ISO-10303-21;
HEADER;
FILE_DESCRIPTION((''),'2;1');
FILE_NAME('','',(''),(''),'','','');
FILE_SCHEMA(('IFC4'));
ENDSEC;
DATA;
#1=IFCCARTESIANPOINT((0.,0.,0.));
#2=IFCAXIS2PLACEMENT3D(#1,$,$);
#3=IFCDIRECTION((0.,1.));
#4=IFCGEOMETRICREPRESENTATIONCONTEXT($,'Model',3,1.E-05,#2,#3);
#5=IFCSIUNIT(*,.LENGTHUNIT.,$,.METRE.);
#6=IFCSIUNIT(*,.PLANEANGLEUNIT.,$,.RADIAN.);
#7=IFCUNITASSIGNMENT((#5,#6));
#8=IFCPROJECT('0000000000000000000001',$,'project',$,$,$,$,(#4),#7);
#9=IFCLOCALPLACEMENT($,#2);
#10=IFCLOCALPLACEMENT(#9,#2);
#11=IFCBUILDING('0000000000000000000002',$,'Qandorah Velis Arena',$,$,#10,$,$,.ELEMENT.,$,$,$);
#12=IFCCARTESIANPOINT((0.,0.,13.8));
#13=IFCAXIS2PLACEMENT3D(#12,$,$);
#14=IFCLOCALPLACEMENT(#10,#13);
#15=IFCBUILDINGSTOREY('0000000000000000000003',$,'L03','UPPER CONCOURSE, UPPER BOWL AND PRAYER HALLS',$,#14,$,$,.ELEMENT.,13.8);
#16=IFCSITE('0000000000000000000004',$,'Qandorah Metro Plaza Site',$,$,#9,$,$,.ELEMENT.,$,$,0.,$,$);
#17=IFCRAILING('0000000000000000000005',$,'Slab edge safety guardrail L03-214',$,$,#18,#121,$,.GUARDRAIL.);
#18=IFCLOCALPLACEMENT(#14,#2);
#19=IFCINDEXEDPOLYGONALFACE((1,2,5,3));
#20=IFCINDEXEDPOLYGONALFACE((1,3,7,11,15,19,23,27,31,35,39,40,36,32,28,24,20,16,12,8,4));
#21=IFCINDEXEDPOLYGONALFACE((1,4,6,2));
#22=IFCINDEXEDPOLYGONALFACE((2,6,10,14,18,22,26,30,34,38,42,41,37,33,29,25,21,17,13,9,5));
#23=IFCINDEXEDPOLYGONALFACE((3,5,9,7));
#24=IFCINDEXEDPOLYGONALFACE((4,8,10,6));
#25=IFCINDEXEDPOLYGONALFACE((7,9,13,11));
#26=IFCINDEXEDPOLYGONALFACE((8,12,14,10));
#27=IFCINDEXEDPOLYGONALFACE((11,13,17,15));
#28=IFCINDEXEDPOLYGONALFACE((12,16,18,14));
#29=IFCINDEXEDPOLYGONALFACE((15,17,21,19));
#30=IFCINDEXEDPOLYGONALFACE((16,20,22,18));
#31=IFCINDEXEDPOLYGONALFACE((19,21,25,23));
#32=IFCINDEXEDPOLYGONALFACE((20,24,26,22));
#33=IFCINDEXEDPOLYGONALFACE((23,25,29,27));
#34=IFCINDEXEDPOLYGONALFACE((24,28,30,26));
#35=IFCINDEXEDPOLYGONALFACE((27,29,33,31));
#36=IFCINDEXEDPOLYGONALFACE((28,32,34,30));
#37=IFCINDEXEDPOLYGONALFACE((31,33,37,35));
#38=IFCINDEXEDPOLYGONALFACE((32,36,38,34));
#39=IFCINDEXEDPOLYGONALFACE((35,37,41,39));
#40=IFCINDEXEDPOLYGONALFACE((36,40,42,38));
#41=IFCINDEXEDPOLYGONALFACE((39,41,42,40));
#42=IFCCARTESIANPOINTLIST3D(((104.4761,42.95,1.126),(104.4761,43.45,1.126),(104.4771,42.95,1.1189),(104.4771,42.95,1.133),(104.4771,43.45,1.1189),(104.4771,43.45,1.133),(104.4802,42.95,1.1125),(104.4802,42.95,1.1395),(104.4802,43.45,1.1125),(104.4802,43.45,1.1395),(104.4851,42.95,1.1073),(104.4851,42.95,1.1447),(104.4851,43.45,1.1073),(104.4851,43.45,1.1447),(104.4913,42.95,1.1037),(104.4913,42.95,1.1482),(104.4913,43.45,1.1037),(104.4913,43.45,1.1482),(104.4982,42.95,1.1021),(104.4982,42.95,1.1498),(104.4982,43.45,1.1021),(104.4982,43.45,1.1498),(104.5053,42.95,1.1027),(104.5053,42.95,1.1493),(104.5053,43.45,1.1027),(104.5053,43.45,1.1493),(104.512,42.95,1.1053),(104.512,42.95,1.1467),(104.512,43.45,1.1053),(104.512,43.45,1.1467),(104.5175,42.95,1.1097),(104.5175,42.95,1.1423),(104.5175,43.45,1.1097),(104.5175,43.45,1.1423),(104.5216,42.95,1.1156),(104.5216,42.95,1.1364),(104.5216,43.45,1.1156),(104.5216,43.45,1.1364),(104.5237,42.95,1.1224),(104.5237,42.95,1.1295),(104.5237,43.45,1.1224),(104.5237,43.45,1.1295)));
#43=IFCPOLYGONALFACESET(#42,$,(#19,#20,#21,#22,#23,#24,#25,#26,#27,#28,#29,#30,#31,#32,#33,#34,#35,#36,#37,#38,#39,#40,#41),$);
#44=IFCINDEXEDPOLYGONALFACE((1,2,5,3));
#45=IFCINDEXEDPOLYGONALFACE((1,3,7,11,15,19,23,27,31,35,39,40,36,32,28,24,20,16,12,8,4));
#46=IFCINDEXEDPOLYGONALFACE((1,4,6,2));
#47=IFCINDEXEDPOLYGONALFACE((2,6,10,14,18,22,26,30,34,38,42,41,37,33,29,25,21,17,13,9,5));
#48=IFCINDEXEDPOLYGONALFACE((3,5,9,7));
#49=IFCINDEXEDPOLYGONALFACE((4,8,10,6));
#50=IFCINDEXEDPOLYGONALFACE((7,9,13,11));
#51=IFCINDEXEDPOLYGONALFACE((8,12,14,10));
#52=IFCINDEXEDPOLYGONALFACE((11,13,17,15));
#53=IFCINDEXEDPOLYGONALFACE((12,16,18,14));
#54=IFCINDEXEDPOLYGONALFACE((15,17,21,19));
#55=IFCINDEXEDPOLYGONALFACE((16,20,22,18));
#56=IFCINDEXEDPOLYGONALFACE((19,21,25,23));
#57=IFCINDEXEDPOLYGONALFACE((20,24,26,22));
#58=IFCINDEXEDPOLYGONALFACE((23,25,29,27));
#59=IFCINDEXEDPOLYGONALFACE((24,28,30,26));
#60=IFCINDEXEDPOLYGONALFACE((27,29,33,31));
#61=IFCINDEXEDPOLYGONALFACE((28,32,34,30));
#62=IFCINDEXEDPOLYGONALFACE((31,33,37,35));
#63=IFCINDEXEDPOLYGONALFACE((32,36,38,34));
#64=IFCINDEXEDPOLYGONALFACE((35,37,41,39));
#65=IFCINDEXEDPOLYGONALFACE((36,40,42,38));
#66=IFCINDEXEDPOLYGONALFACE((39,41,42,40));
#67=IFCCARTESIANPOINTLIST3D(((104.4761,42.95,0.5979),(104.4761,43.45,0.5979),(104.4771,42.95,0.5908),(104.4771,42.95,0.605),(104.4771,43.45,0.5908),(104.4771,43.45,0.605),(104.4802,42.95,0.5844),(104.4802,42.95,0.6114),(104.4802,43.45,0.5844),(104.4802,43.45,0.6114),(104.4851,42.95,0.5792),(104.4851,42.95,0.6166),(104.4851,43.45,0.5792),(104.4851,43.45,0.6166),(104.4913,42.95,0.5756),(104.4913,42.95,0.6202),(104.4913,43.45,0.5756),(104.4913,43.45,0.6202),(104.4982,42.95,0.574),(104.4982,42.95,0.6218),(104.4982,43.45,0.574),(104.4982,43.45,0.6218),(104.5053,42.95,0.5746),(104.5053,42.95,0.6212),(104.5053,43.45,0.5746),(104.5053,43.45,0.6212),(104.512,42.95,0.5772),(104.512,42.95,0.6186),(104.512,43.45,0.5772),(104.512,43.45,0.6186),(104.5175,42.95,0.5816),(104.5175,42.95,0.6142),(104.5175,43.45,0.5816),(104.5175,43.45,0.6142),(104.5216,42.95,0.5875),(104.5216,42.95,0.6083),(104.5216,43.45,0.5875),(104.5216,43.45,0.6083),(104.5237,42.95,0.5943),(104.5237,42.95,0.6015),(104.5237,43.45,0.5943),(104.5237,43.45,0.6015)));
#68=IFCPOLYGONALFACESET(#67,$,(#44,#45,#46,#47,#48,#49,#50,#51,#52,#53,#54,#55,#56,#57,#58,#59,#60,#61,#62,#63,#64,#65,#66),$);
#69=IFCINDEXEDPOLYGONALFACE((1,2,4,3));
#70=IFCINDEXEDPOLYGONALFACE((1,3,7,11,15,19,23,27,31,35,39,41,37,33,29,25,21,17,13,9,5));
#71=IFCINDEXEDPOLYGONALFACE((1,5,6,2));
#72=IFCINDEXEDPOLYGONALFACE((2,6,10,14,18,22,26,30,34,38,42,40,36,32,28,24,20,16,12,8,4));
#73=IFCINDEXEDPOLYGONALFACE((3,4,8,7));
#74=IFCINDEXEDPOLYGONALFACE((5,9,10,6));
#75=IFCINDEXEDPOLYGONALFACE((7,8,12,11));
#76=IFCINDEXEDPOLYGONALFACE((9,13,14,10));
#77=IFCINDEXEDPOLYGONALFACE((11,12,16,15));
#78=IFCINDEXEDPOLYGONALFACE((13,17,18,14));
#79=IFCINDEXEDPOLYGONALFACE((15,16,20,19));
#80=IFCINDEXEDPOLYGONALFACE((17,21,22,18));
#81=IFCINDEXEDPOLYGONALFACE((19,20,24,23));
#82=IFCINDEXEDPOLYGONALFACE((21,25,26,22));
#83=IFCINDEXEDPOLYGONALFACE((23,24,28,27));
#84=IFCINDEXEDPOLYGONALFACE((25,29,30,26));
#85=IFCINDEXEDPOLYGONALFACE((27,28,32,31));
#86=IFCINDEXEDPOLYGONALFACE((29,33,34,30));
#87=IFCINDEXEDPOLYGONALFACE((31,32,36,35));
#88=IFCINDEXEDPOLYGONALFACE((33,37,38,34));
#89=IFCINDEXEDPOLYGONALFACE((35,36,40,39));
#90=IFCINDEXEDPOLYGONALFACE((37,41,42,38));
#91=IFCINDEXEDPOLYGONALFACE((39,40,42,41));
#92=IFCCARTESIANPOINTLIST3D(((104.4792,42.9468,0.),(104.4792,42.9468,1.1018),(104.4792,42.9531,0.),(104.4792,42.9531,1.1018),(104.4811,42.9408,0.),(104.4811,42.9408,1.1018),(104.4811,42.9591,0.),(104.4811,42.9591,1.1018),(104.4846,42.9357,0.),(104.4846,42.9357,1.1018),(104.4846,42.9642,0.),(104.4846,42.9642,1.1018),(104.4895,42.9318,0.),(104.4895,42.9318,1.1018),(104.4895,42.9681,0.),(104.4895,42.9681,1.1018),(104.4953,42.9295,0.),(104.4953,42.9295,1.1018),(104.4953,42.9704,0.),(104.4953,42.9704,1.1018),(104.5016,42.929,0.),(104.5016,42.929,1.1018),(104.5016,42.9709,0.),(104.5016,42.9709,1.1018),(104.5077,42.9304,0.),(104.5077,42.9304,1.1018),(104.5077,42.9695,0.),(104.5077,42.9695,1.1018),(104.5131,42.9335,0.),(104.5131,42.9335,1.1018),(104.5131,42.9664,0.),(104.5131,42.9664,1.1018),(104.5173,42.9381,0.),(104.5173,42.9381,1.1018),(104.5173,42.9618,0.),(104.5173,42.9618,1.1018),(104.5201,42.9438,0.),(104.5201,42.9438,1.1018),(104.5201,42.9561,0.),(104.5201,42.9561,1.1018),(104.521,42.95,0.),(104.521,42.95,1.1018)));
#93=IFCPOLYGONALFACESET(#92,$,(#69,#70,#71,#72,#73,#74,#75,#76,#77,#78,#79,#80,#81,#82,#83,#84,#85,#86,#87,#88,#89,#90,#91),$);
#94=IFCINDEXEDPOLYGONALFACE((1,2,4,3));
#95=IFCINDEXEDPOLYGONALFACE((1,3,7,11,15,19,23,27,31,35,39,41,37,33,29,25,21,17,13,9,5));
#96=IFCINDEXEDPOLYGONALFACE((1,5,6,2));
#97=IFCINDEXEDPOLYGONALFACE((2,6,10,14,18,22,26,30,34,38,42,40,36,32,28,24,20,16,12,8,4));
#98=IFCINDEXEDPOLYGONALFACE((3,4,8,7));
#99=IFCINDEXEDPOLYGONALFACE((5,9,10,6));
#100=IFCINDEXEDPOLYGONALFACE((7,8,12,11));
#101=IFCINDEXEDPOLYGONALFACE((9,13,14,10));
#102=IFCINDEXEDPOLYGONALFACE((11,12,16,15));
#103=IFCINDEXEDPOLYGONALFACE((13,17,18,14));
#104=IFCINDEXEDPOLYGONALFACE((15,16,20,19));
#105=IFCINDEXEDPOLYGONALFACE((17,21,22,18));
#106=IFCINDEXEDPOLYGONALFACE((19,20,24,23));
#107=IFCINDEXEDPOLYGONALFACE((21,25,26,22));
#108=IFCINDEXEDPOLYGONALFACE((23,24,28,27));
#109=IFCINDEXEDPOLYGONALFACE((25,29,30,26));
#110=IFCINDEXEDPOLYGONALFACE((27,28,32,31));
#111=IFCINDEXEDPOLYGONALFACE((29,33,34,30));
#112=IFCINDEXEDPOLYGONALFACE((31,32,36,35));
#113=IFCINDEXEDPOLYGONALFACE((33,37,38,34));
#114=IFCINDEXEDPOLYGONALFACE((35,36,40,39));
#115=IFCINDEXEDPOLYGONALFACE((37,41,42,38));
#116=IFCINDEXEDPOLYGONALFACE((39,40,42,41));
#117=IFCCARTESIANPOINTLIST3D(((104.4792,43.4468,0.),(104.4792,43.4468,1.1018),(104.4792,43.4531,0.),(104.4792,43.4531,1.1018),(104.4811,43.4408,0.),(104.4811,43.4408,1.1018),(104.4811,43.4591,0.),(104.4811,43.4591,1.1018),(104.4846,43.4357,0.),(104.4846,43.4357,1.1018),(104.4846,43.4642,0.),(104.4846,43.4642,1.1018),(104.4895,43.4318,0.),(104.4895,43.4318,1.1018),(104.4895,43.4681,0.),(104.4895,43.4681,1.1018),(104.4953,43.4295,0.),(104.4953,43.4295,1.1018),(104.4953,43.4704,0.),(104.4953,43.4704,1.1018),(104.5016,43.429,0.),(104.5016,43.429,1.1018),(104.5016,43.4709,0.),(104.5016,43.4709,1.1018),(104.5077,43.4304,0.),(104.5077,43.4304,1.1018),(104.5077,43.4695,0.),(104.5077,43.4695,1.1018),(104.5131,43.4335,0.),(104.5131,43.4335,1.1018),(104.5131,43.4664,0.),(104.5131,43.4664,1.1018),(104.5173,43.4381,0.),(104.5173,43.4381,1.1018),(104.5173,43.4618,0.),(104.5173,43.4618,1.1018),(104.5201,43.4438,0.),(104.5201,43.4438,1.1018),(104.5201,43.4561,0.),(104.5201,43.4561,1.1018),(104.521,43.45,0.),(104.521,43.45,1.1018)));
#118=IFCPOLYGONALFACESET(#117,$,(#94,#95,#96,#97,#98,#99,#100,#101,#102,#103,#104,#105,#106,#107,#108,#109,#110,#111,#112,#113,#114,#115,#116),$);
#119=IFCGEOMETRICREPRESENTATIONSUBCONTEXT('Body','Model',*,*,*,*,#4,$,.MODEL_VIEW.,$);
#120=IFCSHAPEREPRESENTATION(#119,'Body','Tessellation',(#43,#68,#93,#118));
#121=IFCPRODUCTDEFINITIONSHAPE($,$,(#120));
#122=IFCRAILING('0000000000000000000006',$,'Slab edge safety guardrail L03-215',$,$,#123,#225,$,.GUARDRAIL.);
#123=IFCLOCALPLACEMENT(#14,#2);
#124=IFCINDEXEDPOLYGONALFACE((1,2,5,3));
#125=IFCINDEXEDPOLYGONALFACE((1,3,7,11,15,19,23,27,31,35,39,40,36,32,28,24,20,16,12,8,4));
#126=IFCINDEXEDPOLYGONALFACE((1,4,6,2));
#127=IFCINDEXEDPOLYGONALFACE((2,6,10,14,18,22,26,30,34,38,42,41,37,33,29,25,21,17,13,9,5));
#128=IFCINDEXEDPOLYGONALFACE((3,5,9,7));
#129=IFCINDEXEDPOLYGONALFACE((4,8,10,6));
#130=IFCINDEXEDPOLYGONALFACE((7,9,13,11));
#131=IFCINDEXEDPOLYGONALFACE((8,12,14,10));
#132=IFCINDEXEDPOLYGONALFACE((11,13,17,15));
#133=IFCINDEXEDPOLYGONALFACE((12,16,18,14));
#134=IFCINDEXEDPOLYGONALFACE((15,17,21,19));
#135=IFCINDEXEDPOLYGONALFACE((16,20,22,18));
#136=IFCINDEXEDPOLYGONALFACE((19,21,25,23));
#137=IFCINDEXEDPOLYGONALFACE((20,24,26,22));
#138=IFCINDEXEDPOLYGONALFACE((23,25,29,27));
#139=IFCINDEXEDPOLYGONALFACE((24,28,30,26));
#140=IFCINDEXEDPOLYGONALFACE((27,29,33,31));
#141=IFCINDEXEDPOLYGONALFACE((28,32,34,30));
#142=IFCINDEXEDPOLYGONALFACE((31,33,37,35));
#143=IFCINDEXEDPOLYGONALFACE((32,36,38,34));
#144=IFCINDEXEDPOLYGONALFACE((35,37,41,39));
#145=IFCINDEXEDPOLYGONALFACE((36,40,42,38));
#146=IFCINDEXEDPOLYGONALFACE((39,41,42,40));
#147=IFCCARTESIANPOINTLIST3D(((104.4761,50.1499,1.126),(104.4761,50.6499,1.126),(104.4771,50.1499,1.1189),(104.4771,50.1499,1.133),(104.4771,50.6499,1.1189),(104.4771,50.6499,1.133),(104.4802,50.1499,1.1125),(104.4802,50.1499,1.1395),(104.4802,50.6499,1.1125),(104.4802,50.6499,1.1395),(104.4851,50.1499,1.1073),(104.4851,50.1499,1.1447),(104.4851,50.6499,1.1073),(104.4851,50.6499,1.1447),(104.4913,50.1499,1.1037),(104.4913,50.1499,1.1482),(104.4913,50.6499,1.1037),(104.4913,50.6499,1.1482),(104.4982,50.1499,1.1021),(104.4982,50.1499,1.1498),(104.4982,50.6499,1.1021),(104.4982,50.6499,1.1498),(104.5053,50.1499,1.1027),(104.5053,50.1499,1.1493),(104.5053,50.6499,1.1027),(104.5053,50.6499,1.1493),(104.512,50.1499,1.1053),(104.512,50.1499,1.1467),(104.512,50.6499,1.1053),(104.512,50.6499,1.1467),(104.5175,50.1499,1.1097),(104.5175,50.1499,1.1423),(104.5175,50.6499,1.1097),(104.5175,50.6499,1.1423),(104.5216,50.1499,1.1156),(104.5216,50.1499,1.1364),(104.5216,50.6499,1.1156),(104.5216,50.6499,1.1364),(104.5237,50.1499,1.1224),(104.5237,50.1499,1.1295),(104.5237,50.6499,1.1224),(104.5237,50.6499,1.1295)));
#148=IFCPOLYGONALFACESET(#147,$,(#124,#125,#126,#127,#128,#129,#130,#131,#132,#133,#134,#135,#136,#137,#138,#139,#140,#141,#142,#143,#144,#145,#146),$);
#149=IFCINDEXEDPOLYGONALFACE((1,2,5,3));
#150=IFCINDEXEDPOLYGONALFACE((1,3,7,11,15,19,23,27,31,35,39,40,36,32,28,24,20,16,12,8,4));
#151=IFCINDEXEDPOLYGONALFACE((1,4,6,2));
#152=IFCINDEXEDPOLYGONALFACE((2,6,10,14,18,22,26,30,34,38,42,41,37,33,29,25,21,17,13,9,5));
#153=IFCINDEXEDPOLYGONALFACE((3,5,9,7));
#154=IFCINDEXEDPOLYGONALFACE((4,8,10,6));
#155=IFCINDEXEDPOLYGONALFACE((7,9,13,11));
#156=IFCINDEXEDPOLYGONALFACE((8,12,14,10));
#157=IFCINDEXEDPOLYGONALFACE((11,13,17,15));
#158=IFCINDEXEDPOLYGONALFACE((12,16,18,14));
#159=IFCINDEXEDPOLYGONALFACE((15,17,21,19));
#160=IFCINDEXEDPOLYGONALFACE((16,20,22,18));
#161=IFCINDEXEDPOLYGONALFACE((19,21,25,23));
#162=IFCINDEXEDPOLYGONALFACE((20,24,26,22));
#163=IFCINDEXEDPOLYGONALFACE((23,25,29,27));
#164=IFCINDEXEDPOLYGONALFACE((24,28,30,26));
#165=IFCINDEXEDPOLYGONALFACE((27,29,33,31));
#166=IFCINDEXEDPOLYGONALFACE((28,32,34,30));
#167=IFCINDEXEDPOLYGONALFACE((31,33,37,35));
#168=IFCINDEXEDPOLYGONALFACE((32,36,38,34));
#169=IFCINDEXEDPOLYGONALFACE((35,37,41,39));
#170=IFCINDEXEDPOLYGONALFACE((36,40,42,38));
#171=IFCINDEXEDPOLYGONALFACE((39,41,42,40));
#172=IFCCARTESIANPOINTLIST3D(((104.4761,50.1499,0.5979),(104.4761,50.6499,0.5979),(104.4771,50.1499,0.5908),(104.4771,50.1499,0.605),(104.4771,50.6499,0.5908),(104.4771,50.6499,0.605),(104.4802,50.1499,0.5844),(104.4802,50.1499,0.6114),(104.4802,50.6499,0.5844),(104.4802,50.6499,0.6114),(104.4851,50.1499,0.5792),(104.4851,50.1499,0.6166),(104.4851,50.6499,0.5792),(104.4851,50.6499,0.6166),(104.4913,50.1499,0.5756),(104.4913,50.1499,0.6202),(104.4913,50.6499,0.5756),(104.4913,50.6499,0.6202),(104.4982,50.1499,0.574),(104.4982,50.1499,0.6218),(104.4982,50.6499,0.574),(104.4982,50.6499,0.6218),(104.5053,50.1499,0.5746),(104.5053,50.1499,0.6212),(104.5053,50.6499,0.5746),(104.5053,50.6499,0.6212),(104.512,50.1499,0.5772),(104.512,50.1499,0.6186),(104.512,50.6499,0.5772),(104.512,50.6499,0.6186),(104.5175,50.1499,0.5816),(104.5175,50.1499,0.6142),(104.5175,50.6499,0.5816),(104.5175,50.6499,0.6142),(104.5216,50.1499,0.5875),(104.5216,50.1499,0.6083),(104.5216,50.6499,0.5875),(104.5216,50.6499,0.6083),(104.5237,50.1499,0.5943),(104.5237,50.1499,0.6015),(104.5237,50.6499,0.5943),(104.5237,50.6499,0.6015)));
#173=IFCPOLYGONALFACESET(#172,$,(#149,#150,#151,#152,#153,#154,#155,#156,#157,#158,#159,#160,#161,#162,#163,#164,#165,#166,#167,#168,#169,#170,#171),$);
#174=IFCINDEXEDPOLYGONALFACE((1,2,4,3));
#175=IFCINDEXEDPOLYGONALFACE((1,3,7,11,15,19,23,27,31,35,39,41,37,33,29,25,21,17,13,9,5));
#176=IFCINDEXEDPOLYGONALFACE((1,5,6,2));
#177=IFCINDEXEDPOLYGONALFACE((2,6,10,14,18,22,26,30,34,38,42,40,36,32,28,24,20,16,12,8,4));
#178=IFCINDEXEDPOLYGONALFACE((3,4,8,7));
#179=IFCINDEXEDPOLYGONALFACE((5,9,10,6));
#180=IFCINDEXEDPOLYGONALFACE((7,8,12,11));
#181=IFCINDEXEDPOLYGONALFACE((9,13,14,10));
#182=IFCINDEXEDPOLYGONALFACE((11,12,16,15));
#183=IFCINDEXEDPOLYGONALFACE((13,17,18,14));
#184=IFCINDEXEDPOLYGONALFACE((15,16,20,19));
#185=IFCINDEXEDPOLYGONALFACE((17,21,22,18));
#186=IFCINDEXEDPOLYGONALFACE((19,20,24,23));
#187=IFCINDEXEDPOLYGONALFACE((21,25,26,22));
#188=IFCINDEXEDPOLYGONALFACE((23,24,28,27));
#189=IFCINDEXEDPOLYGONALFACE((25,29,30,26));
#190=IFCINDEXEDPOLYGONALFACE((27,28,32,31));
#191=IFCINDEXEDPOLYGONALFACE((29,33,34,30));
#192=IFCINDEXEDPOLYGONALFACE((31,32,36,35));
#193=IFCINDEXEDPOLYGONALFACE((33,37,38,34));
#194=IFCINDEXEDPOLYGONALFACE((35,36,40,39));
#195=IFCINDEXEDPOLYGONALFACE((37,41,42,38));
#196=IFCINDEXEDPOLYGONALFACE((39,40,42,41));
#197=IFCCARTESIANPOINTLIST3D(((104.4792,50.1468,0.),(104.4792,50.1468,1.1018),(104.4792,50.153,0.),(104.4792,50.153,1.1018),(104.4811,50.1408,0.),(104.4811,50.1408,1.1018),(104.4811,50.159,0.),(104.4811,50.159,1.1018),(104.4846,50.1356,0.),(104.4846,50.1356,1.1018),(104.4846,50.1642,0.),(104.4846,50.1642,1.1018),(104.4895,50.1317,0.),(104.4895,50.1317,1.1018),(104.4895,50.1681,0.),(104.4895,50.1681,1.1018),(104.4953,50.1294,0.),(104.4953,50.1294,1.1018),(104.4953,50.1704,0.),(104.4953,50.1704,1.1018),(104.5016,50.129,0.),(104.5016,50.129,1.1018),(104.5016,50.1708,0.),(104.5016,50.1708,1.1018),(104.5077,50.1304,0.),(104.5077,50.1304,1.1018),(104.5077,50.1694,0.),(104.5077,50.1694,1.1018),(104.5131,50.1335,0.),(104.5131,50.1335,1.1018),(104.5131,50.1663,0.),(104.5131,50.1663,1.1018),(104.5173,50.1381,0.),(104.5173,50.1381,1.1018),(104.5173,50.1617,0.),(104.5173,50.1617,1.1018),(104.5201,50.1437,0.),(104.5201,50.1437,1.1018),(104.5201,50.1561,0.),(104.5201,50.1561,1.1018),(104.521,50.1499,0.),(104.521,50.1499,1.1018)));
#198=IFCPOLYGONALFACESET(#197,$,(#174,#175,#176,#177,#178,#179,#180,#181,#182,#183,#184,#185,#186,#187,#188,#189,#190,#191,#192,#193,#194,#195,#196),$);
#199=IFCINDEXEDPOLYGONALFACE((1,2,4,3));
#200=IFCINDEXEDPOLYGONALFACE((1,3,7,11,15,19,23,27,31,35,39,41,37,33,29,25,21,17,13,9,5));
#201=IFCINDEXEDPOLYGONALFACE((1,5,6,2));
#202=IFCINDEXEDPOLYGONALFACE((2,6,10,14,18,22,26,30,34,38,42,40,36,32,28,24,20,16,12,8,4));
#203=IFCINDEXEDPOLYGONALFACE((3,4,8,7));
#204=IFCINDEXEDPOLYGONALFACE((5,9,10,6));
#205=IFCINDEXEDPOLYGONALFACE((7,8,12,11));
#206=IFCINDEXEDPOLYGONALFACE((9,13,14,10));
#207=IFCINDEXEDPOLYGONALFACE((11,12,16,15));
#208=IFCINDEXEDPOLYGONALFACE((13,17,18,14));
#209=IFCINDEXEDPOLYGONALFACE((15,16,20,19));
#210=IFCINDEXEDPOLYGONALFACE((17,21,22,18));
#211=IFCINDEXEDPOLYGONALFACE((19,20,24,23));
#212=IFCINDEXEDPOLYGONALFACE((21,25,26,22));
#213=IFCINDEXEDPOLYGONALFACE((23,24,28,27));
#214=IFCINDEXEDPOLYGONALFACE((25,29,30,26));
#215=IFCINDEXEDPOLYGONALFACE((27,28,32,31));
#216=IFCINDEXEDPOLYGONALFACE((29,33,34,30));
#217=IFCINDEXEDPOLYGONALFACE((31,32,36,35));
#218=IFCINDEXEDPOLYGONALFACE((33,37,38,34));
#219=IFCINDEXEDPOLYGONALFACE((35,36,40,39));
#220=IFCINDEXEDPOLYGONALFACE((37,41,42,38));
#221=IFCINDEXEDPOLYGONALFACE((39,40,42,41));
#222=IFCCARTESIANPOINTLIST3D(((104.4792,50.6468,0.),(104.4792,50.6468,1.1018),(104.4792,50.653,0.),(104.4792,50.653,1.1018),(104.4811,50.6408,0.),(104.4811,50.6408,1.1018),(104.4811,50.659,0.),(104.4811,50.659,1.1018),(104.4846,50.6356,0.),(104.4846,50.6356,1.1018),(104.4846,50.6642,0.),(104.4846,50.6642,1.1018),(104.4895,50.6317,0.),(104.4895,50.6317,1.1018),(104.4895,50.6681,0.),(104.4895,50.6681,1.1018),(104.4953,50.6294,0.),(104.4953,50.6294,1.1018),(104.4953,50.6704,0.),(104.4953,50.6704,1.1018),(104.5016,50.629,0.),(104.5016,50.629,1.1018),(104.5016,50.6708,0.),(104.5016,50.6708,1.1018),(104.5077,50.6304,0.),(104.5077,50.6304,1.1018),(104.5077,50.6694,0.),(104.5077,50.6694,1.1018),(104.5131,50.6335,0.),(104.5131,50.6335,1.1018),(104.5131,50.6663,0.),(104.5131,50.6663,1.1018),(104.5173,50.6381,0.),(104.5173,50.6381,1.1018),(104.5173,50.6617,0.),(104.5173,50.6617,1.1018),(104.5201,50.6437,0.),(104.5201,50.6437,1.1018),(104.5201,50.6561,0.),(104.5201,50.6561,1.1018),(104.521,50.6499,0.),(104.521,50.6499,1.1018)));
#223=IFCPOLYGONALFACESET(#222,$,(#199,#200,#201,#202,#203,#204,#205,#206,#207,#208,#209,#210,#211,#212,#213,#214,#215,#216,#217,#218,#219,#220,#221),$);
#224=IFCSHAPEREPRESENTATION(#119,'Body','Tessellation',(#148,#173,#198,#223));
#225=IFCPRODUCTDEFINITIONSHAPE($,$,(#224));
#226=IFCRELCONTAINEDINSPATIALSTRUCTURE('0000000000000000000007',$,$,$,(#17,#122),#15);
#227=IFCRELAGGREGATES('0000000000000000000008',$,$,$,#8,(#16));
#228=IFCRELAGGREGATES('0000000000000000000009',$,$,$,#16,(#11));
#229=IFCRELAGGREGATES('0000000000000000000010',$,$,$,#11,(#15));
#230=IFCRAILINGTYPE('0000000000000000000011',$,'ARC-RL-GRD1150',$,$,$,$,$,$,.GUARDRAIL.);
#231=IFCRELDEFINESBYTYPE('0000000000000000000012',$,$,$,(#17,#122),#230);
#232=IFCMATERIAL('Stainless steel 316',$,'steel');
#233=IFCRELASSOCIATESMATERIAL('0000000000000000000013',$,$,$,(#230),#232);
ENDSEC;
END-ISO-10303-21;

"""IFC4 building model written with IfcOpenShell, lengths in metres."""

from ifc_helpers import new_model, si_unit, direction, frame, origin, origin_2d, place, context, subcontext, project, spatial, circle, extrude, material, type_object, element, save


model = new_model("IFC4")

# Units and contexts
model_context = context("Model", 3, precision=1e-05, world=origin(), true_north=direction((0.0, 1.0)))
body_context = subcontext(model_context, "Body", "Model", "MODEL_VIEW")
ifc_project = project(units=[si_unit("LENGTHUNIT", "METRE"), si_unit("PLANEANGLEUNIT", "RADIAN")], contexts=[model_context])

# Site, building, storey
site_placement = place(None, origin())
site = spatial("IfcSite", under=ifc_project, at=site_placement, Name="Qandorah Metro Plaza Site", CompositionType="ELEMENT", RefElevation=0.0)
building_placement = place(site_placement, origin())
building = spatial("IfcBuilding", under=site, at=building_placement, Name="Qandorah Velis Arena", CompositionType="ELEMENT")
storey_placement = place(building_placement, frame((0.0, 0.0, 13.8)))
storey = spatial("IfcBuildingStorey", under=building, at=storey_placement, Name="L03", Description="UPPER CONCOURSE, UPPER BOWL AND PRAYER HALLS", CompositionType="ELEMENT", Elevation=13.8)

# Railings
ifc_material_1 = material(Name="Stainless steel 316", Category="steel")
railing_type = type_object("IfcRailingType", Name="ARC-RL-GRD1150", PredefinedType="GUARDRAIL", material=ifc_material_1)
for number, where, name in (
    (1, (104.5, 42.95, 0.0), "Slab edge safety guardrail L03-214"),
    (2, (104.5, 50.1499, 0.0), "Slab edge safety guardrail L03-215"),
):
    element("IfcRailing", number, at=place(storey_placement, frame(where)), inside=storey, type_object=railing_type, Name=name, PredefinedType="GUARDRAIL", context=body_context, shape_type="SweptSolid", body=[
        extrude(circle(Radius=0.0239, at=origin_2d()), frame((0.0, 0.0, 1.126), z_axis=(0.0, 1.0, 0.0), x_axis=(-1.0, 0.0, 0.0)), (0.0, 0.0, 1.0), 0.5),
        extrude(circle(Radius=0.0239, at=origin_2d()), frame((0.0, 0.0, 0.5979), z_axis=(0.0, 1.0, 0.0), x_axis=(-1.0, 0.0, 0.0)), (0.0, 0.0, 1.0), 0.5),
        extrude(circle(Radius=0.021, at=origin_2d()), origin(), (0.0, 0.0, 1.0), 1.1018),
        extrude(circle(Radius=0.021, at=origin_2d()), frame((0.0, 0.5, 0.0)), (0.0, 0.0, 1.0), 1.1018),
    ])

save(model, "model.ifc")
